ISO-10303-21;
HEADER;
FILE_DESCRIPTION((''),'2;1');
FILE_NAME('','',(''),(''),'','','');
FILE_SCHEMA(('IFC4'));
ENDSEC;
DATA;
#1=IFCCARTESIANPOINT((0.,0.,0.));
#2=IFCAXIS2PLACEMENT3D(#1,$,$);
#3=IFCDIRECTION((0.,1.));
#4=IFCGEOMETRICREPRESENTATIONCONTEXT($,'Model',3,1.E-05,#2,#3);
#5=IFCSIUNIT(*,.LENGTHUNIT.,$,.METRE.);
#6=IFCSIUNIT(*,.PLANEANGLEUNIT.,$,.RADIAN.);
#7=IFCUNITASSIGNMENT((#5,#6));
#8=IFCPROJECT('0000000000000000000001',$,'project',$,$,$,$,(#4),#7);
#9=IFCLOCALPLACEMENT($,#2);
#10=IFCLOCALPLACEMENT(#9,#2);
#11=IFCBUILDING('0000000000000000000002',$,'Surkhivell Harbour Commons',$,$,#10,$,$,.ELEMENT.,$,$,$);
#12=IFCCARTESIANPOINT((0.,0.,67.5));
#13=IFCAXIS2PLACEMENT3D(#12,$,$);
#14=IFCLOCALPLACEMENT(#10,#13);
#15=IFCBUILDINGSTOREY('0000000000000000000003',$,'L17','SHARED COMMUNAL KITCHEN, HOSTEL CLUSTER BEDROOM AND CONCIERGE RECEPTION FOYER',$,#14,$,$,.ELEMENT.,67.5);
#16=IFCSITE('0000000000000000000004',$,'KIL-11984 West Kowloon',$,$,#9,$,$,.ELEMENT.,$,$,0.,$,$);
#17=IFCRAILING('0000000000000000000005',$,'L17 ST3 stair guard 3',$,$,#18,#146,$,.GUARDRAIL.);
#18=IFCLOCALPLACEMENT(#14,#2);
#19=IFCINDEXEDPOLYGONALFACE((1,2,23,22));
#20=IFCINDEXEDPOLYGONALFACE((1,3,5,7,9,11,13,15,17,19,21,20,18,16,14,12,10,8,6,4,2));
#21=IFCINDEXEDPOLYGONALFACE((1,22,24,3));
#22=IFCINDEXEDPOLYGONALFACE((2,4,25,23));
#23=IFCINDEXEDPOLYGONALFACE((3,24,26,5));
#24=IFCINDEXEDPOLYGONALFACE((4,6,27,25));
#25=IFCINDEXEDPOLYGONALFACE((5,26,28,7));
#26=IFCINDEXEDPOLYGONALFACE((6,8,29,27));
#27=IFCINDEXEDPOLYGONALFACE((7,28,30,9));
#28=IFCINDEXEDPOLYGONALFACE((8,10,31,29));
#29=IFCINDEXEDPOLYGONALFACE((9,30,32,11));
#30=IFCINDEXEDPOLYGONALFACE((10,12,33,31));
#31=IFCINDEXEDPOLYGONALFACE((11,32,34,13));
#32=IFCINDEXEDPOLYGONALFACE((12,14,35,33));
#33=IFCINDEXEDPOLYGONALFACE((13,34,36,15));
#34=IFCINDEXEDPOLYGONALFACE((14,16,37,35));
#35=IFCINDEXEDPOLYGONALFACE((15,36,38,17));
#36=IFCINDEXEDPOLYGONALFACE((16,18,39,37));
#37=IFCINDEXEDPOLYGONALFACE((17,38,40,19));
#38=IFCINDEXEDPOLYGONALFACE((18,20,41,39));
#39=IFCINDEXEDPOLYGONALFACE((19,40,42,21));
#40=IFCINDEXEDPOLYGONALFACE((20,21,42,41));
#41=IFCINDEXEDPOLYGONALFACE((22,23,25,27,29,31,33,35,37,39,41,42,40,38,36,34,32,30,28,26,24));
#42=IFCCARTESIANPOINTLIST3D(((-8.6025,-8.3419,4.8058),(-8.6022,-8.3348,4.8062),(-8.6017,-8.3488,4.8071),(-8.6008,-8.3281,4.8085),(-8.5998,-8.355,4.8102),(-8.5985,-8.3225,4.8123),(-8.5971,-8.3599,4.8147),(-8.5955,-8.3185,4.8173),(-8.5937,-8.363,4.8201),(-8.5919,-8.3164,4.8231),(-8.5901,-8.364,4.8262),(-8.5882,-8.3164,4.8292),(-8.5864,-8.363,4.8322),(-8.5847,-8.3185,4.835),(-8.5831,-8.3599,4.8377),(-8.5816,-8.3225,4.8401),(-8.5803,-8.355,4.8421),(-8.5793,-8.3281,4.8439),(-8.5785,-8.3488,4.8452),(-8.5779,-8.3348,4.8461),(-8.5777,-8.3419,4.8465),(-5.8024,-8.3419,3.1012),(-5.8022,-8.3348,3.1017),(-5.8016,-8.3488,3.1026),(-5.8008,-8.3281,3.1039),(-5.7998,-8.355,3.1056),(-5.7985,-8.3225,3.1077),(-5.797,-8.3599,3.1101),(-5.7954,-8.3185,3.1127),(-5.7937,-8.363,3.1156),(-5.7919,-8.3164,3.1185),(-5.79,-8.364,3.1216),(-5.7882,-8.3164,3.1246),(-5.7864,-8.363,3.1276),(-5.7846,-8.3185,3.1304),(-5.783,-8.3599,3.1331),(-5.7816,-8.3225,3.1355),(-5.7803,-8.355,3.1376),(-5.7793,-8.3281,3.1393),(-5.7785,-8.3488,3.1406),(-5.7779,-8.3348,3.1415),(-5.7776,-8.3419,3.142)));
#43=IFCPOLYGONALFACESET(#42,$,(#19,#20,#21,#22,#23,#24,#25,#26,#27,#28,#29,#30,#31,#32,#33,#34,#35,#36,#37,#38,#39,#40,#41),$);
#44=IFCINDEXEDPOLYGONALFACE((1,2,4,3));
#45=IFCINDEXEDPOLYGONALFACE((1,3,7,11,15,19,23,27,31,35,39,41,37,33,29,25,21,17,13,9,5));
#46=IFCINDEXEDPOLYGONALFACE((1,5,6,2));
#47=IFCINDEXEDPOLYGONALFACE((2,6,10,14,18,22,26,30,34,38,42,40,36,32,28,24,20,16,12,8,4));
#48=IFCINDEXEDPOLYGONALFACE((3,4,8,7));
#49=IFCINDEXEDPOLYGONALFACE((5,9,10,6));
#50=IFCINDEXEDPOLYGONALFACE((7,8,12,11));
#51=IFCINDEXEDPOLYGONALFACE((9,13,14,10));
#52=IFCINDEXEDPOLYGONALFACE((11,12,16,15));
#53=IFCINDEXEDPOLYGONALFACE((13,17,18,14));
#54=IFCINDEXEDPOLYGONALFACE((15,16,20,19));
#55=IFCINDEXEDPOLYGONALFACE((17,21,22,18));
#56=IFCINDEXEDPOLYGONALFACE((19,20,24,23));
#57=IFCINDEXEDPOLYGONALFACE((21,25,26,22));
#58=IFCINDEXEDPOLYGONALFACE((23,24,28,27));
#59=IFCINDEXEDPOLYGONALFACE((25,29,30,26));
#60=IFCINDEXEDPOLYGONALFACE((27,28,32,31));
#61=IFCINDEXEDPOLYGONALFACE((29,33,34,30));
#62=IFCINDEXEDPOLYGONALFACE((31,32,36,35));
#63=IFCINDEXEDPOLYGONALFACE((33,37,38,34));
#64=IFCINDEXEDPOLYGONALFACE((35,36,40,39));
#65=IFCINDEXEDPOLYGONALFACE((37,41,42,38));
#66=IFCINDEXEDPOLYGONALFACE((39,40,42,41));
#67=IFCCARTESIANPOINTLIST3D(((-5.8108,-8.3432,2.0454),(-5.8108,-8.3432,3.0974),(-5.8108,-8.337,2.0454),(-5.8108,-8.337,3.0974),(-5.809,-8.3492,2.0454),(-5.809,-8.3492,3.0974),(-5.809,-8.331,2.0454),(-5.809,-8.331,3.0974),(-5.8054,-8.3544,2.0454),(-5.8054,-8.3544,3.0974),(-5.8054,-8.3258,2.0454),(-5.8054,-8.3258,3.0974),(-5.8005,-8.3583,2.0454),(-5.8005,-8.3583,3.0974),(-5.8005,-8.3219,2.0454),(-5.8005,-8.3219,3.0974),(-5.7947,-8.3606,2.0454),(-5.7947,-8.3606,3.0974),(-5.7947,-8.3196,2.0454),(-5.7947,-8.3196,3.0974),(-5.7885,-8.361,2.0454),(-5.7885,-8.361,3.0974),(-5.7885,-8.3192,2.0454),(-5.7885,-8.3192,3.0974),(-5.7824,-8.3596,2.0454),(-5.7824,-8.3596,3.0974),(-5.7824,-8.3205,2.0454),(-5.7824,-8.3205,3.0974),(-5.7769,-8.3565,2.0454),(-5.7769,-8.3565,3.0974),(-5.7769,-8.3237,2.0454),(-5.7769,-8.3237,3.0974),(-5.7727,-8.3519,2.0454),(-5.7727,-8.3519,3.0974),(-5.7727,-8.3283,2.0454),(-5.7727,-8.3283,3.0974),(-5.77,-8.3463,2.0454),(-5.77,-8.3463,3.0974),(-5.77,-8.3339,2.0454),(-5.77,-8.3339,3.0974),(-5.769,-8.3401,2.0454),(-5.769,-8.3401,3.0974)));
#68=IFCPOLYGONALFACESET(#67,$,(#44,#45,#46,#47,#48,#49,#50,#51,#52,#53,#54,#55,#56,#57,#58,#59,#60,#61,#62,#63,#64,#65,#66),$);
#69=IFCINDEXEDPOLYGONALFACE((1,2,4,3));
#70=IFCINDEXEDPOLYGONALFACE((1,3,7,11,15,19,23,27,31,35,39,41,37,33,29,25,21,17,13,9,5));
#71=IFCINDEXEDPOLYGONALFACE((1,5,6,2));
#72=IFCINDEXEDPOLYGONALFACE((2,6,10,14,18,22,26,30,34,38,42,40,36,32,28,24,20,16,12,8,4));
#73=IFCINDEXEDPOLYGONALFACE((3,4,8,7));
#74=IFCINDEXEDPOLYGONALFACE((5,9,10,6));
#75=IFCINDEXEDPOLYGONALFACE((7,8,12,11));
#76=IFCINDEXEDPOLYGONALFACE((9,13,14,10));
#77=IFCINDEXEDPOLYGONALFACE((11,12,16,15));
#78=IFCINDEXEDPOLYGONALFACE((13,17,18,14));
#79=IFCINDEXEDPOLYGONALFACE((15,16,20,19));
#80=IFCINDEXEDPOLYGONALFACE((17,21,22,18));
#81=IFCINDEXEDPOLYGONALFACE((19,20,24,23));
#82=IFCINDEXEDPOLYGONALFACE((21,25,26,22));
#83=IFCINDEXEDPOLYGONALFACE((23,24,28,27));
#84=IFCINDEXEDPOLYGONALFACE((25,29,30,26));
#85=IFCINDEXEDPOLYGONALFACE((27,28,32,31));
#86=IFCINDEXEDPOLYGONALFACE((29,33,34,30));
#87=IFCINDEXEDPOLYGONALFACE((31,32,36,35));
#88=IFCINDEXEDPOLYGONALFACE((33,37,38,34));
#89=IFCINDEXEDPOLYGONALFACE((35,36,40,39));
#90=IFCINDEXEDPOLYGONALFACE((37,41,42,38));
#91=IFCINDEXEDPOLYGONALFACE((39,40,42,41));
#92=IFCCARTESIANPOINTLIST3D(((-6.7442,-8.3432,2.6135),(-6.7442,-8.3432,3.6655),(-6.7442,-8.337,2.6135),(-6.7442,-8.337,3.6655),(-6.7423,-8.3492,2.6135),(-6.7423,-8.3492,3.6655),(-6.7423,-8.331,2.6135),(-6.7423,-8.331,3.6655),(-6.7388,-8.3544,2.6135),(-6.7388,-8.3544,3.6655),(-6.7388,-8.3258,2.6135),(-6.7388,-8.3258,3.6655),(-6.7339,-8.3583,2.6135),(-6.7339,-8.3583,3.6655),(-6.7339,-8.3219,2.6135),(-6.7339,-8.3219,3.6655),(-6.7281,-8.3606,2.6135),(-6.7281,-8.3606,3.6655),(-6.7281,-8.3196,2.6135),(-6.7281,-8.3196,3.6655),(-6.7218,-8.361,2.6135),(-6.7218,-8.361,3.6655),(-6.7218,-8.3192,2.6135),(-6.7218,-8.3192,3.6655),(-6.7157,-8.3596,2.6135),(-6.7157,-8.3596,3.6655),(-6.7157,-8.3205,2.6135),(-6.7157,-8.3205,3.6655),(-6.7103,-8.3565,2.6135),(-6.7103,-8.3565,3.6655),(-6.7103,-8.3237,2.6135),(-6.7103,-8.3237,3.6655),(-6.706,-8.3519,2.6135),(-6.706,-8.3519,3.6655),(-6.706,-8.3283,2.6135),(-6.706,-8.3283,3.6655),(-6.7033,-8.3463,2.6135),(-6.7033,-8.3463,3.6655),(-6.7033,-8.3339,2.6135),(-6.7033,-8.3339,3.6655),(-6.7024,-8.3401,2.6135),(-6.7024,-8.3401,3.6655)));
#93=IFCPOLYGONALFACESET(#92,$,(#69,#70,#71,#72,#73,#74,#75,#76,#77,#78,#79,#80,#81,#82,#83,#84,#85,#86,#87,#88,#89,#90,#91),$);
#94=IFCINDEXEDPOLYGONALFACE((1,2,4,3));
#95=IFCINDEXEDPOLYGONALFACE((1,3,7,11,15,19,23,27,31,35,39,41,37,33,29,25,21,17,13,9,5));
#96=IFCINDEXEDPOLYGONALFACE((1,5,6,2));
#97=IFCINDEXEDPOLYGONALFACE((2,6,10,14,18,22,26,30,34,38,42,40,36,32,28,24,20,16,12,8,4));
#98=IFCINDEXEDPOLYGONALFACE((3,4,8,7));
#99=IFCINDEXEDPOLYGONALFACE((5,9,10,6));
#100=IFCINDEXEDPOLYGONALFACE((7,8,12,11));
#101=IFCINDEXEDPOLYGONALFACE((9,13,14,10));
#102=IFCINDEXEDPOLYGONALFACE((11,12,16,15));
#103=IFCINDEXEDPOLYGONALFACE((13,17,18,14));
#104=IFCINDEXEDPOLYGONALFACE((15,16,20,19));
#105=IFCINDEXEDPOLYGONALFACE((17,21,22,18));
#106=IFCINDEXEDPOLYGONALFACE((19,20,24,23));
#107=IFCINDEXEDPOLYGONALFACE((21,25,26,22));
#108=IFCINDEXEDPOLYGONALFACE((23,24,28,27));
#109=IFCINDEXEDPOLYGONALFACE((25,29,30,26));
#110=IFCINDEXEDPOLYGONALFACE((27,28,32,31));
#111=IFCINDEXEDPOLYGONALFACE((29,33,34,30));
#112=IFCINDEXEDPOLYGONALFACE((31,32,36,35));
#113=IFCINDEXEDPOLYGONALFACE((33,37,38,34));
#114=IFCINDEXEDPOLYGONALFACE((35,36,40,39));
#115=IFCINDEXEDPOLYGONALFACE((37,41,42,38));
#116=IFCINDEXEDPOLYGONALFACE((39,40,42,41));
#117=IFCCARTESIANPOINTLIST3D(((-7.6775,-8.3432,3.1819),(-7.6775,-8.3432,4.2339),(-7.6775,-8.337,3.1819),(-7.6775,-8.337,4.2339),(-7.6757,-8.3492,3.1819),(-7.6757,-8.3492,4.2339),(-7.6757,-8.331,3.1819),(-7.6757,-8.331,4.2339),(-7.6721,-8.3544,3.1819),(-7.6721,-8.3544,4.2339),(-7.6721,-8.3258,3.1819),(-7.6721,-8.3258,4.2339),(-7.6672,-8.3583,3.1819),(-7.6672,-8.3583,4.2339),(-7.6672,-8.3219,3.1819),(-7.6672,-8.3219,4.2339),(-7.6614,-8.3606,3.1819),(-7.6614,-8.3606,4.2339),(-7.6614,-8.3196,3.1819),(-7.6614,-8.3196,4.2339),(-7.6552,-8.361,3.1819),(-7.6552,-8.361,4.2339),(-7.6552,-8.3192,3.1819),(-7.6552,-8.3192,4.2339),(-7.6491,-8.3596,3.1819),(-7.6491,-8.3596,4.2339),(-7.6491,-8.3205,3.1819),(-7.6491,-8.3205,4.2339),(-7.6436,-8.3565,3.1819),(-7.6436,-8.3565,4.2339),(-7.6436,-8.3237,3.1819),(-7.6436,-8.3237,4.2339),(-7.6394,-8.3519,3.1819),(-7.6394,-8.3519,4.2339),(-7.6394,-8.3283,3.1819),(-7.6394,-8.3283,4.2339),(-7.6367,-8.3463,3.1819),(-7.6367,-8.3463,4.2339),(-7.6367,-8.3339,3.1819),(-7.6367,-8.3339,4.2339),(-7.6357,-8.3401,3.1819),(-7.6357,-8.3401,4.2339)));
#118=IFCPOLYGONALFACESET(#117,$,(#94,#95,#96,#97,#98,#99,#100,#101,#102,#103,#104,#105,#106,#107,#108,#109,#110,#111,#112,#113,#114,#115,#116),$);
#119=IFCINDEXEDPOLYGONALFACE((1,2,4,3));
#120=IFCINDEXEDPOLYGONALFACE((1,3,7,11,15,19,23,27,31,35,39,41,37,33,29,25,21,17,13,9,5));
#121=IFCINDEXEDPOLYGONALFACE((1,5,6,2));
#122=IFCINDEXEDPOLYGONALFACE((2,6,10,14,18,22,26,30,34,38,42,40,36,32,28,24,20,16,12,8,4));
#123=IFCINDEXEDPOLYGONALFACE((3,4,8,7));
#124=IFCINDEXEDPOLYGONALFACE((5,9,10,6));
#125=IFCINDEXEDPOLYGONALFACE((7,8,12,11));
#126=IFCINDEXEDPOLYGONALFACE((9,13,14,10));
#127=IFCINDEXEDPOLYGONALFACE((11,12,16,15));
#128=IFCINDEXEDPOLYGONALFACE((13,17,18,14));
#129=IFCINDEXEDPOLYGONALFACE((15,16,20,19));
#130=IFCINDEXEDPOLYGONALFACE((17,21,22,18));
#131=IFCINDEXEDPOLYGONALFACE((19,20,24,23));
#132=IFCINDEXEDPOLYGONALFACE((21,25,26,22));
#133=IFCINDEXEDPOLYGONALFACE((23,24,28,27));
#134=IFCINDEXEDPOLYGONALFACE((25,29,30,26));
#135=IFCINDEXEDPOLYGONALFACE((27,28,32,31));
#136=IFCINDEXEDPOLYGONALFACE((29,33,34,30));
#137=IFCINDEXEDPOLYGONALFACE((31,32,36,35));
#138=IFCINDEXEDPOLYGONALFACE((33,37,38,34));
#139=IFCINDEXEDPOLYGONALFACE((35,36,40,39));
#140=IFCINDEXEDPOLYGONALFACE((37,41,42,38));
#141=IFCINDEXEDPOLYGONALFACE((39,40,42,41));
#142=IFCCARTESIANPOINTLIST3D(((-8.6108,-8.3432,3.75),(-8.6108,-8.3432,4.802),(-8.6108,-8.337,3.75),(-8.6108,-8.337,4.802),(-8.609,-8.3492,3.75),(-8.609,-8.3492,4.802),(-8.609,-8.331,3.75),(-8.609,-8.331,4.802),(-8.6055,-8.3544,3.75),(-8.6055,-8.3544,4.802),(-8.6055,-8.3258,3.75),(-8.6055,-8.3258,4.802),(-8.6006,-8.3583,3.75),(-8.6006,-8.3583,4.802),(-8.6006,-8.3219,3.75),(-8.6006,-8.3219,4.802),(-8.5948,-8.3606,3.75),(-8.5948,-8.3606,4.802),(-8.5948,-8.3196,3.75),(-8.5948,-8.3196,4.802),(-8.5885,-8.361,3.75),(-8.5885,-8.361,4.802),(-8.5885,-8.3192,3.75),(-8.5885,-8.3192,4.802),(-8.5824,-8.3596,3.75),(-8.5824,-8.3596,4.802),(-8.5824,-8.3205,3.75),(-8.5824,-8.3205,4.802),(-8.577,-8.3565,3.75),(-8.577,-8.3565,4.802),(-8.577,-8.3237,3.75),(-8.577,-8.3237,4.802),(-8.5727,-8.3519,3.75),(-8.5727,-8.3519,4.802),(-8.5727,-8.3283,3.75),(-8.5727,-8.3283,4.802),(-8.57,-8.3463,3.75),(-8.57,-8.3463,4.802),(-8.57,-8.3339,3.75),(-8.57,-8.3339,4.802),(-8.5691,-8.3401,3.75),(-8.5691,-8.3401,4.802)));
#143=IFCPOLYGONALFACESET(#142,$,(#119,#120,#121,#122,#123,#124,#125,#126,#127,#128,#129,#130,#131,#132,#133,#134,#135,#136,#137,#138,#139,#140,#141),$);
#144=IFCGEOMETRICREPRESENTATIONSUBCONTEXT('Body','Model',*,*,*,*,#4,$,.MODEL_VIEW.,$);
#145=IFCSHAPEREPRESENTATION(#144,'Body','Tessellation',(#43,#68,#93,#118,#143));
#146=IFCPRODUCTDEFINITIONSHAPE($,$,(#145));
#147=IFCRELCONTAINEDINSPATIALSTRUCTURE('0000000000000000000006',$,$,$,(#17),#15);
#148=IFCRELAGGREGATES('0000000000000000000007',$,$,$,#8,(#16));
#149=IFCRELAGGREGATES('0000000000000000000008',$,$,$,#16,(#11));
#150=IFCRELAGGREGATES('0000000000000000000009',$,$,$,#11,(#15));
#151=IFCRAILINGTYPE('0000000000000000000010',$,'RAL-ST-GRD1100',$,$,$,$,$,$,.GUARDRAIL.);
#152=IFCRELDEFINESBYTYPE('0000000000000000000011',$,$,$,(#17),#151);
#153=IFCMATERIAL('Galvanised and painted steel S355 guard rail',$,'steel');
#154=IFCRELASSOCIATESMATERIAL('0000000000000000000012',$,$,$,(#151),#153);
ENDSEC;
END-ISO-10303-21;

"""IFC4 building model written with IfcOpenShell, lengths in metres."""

from ifc_helpers import new_model, si_unit, direction, frame, origin, origin_2d, place, context, subcontext, project, spatial, circle, extrude, material, type_object, element, save


model = new_model("IFC4")

# Units and contexts
model_context = context("Model", 3, precision=1e-05, world=origin(), true_north=direction((0.0, 1.0)))
body_context = subcontext(model_context, "Body", "Model", "MODEL_VIEW")
ifc_project = project(units=[si_unit("LENGTHUNIT", "METRE"), si_unit("PLANEANGLEUNIT", "RADIAN")], contexts=[model_context])

# Site, building, storey
site_placement = place(None, origin())
site = spatial("IfcSite", under=ifc_project, at=site_placement, Name="KIL-11984 West Kowloon", CompositionType="ELEMENT", RefElevation=0.0)
building_placement = place(site_placement, origin())
building = spatial("IfcBuilding", under=site, at=building_placement, Name="Surkhivell Harbour Commons", CompositionType="ELEMENT")
storey_placement = place(building_placement, frame((0.0, 0.0, 67.5)))
storey = spatial("IfcBuildingStorey", under=building, at=storey_placement, Name="L17", Description="SHARED COMMUNAL KITCHEN, HOSTEL CLUSTER BEDROOM AND CONCIERGE RECEPTION FOYER", CompositionType="ELEMENT", Elevation=67.5)

# Railing
ifc_material_1 = material(Name="Galvanised and painted steel S355 guard rail", Category="steel")
railing_type_1 = type_object("IfcRailingType", Name="RAL-ST-GRD1100", PredefinedType="GUARDRAIL", material=ifc_material_1)
railing_1_placement = place(storey_placement, frame((-5.79, -8.3401, 2.0454)))
element("IfcRailing", 1, at=railing_1_placement, inside=storey, type_object=railing_type_1, Name="L17 ST3 stair guard 3", PredefinedType="GUARDRAIL", context=body_context, shape_type="SweptSolid", body=[
    extrude(circle(Radius=0.0239, at=origin_2d()), frame((0.0, 0.0, 1.0762), z_axis=(-0.85417, 0.0, 0.519994), x_axis=(0.0, -1.0, 0.0)), (0.0, 0.0, 1.0), 3.2781),
    extrude(circle(Radius=0.021, at=origin_2d()), origin(), (0.0, 0.0, 1.0), 1.052),
    extrude(circle(Radius=0.021, at=origin_2d()), frame((-0.9333, 0.0, 0.5681)), (0.0, 0.0, 1.0), 1.052),
    extrude(circle(Radius=0.021, at=origin_2d()), frame((-1.8667, 0.0, 1.1365)), (0.0, 0.0, 1.0), 1.052),
    extrude(circle(Radius=0.021, at=origin_2d()), frame((-2.8, 0.0, 1.7046)), (0.0, 0.0, 1.0), 1.052),
])

save(model, "model.ifc")
